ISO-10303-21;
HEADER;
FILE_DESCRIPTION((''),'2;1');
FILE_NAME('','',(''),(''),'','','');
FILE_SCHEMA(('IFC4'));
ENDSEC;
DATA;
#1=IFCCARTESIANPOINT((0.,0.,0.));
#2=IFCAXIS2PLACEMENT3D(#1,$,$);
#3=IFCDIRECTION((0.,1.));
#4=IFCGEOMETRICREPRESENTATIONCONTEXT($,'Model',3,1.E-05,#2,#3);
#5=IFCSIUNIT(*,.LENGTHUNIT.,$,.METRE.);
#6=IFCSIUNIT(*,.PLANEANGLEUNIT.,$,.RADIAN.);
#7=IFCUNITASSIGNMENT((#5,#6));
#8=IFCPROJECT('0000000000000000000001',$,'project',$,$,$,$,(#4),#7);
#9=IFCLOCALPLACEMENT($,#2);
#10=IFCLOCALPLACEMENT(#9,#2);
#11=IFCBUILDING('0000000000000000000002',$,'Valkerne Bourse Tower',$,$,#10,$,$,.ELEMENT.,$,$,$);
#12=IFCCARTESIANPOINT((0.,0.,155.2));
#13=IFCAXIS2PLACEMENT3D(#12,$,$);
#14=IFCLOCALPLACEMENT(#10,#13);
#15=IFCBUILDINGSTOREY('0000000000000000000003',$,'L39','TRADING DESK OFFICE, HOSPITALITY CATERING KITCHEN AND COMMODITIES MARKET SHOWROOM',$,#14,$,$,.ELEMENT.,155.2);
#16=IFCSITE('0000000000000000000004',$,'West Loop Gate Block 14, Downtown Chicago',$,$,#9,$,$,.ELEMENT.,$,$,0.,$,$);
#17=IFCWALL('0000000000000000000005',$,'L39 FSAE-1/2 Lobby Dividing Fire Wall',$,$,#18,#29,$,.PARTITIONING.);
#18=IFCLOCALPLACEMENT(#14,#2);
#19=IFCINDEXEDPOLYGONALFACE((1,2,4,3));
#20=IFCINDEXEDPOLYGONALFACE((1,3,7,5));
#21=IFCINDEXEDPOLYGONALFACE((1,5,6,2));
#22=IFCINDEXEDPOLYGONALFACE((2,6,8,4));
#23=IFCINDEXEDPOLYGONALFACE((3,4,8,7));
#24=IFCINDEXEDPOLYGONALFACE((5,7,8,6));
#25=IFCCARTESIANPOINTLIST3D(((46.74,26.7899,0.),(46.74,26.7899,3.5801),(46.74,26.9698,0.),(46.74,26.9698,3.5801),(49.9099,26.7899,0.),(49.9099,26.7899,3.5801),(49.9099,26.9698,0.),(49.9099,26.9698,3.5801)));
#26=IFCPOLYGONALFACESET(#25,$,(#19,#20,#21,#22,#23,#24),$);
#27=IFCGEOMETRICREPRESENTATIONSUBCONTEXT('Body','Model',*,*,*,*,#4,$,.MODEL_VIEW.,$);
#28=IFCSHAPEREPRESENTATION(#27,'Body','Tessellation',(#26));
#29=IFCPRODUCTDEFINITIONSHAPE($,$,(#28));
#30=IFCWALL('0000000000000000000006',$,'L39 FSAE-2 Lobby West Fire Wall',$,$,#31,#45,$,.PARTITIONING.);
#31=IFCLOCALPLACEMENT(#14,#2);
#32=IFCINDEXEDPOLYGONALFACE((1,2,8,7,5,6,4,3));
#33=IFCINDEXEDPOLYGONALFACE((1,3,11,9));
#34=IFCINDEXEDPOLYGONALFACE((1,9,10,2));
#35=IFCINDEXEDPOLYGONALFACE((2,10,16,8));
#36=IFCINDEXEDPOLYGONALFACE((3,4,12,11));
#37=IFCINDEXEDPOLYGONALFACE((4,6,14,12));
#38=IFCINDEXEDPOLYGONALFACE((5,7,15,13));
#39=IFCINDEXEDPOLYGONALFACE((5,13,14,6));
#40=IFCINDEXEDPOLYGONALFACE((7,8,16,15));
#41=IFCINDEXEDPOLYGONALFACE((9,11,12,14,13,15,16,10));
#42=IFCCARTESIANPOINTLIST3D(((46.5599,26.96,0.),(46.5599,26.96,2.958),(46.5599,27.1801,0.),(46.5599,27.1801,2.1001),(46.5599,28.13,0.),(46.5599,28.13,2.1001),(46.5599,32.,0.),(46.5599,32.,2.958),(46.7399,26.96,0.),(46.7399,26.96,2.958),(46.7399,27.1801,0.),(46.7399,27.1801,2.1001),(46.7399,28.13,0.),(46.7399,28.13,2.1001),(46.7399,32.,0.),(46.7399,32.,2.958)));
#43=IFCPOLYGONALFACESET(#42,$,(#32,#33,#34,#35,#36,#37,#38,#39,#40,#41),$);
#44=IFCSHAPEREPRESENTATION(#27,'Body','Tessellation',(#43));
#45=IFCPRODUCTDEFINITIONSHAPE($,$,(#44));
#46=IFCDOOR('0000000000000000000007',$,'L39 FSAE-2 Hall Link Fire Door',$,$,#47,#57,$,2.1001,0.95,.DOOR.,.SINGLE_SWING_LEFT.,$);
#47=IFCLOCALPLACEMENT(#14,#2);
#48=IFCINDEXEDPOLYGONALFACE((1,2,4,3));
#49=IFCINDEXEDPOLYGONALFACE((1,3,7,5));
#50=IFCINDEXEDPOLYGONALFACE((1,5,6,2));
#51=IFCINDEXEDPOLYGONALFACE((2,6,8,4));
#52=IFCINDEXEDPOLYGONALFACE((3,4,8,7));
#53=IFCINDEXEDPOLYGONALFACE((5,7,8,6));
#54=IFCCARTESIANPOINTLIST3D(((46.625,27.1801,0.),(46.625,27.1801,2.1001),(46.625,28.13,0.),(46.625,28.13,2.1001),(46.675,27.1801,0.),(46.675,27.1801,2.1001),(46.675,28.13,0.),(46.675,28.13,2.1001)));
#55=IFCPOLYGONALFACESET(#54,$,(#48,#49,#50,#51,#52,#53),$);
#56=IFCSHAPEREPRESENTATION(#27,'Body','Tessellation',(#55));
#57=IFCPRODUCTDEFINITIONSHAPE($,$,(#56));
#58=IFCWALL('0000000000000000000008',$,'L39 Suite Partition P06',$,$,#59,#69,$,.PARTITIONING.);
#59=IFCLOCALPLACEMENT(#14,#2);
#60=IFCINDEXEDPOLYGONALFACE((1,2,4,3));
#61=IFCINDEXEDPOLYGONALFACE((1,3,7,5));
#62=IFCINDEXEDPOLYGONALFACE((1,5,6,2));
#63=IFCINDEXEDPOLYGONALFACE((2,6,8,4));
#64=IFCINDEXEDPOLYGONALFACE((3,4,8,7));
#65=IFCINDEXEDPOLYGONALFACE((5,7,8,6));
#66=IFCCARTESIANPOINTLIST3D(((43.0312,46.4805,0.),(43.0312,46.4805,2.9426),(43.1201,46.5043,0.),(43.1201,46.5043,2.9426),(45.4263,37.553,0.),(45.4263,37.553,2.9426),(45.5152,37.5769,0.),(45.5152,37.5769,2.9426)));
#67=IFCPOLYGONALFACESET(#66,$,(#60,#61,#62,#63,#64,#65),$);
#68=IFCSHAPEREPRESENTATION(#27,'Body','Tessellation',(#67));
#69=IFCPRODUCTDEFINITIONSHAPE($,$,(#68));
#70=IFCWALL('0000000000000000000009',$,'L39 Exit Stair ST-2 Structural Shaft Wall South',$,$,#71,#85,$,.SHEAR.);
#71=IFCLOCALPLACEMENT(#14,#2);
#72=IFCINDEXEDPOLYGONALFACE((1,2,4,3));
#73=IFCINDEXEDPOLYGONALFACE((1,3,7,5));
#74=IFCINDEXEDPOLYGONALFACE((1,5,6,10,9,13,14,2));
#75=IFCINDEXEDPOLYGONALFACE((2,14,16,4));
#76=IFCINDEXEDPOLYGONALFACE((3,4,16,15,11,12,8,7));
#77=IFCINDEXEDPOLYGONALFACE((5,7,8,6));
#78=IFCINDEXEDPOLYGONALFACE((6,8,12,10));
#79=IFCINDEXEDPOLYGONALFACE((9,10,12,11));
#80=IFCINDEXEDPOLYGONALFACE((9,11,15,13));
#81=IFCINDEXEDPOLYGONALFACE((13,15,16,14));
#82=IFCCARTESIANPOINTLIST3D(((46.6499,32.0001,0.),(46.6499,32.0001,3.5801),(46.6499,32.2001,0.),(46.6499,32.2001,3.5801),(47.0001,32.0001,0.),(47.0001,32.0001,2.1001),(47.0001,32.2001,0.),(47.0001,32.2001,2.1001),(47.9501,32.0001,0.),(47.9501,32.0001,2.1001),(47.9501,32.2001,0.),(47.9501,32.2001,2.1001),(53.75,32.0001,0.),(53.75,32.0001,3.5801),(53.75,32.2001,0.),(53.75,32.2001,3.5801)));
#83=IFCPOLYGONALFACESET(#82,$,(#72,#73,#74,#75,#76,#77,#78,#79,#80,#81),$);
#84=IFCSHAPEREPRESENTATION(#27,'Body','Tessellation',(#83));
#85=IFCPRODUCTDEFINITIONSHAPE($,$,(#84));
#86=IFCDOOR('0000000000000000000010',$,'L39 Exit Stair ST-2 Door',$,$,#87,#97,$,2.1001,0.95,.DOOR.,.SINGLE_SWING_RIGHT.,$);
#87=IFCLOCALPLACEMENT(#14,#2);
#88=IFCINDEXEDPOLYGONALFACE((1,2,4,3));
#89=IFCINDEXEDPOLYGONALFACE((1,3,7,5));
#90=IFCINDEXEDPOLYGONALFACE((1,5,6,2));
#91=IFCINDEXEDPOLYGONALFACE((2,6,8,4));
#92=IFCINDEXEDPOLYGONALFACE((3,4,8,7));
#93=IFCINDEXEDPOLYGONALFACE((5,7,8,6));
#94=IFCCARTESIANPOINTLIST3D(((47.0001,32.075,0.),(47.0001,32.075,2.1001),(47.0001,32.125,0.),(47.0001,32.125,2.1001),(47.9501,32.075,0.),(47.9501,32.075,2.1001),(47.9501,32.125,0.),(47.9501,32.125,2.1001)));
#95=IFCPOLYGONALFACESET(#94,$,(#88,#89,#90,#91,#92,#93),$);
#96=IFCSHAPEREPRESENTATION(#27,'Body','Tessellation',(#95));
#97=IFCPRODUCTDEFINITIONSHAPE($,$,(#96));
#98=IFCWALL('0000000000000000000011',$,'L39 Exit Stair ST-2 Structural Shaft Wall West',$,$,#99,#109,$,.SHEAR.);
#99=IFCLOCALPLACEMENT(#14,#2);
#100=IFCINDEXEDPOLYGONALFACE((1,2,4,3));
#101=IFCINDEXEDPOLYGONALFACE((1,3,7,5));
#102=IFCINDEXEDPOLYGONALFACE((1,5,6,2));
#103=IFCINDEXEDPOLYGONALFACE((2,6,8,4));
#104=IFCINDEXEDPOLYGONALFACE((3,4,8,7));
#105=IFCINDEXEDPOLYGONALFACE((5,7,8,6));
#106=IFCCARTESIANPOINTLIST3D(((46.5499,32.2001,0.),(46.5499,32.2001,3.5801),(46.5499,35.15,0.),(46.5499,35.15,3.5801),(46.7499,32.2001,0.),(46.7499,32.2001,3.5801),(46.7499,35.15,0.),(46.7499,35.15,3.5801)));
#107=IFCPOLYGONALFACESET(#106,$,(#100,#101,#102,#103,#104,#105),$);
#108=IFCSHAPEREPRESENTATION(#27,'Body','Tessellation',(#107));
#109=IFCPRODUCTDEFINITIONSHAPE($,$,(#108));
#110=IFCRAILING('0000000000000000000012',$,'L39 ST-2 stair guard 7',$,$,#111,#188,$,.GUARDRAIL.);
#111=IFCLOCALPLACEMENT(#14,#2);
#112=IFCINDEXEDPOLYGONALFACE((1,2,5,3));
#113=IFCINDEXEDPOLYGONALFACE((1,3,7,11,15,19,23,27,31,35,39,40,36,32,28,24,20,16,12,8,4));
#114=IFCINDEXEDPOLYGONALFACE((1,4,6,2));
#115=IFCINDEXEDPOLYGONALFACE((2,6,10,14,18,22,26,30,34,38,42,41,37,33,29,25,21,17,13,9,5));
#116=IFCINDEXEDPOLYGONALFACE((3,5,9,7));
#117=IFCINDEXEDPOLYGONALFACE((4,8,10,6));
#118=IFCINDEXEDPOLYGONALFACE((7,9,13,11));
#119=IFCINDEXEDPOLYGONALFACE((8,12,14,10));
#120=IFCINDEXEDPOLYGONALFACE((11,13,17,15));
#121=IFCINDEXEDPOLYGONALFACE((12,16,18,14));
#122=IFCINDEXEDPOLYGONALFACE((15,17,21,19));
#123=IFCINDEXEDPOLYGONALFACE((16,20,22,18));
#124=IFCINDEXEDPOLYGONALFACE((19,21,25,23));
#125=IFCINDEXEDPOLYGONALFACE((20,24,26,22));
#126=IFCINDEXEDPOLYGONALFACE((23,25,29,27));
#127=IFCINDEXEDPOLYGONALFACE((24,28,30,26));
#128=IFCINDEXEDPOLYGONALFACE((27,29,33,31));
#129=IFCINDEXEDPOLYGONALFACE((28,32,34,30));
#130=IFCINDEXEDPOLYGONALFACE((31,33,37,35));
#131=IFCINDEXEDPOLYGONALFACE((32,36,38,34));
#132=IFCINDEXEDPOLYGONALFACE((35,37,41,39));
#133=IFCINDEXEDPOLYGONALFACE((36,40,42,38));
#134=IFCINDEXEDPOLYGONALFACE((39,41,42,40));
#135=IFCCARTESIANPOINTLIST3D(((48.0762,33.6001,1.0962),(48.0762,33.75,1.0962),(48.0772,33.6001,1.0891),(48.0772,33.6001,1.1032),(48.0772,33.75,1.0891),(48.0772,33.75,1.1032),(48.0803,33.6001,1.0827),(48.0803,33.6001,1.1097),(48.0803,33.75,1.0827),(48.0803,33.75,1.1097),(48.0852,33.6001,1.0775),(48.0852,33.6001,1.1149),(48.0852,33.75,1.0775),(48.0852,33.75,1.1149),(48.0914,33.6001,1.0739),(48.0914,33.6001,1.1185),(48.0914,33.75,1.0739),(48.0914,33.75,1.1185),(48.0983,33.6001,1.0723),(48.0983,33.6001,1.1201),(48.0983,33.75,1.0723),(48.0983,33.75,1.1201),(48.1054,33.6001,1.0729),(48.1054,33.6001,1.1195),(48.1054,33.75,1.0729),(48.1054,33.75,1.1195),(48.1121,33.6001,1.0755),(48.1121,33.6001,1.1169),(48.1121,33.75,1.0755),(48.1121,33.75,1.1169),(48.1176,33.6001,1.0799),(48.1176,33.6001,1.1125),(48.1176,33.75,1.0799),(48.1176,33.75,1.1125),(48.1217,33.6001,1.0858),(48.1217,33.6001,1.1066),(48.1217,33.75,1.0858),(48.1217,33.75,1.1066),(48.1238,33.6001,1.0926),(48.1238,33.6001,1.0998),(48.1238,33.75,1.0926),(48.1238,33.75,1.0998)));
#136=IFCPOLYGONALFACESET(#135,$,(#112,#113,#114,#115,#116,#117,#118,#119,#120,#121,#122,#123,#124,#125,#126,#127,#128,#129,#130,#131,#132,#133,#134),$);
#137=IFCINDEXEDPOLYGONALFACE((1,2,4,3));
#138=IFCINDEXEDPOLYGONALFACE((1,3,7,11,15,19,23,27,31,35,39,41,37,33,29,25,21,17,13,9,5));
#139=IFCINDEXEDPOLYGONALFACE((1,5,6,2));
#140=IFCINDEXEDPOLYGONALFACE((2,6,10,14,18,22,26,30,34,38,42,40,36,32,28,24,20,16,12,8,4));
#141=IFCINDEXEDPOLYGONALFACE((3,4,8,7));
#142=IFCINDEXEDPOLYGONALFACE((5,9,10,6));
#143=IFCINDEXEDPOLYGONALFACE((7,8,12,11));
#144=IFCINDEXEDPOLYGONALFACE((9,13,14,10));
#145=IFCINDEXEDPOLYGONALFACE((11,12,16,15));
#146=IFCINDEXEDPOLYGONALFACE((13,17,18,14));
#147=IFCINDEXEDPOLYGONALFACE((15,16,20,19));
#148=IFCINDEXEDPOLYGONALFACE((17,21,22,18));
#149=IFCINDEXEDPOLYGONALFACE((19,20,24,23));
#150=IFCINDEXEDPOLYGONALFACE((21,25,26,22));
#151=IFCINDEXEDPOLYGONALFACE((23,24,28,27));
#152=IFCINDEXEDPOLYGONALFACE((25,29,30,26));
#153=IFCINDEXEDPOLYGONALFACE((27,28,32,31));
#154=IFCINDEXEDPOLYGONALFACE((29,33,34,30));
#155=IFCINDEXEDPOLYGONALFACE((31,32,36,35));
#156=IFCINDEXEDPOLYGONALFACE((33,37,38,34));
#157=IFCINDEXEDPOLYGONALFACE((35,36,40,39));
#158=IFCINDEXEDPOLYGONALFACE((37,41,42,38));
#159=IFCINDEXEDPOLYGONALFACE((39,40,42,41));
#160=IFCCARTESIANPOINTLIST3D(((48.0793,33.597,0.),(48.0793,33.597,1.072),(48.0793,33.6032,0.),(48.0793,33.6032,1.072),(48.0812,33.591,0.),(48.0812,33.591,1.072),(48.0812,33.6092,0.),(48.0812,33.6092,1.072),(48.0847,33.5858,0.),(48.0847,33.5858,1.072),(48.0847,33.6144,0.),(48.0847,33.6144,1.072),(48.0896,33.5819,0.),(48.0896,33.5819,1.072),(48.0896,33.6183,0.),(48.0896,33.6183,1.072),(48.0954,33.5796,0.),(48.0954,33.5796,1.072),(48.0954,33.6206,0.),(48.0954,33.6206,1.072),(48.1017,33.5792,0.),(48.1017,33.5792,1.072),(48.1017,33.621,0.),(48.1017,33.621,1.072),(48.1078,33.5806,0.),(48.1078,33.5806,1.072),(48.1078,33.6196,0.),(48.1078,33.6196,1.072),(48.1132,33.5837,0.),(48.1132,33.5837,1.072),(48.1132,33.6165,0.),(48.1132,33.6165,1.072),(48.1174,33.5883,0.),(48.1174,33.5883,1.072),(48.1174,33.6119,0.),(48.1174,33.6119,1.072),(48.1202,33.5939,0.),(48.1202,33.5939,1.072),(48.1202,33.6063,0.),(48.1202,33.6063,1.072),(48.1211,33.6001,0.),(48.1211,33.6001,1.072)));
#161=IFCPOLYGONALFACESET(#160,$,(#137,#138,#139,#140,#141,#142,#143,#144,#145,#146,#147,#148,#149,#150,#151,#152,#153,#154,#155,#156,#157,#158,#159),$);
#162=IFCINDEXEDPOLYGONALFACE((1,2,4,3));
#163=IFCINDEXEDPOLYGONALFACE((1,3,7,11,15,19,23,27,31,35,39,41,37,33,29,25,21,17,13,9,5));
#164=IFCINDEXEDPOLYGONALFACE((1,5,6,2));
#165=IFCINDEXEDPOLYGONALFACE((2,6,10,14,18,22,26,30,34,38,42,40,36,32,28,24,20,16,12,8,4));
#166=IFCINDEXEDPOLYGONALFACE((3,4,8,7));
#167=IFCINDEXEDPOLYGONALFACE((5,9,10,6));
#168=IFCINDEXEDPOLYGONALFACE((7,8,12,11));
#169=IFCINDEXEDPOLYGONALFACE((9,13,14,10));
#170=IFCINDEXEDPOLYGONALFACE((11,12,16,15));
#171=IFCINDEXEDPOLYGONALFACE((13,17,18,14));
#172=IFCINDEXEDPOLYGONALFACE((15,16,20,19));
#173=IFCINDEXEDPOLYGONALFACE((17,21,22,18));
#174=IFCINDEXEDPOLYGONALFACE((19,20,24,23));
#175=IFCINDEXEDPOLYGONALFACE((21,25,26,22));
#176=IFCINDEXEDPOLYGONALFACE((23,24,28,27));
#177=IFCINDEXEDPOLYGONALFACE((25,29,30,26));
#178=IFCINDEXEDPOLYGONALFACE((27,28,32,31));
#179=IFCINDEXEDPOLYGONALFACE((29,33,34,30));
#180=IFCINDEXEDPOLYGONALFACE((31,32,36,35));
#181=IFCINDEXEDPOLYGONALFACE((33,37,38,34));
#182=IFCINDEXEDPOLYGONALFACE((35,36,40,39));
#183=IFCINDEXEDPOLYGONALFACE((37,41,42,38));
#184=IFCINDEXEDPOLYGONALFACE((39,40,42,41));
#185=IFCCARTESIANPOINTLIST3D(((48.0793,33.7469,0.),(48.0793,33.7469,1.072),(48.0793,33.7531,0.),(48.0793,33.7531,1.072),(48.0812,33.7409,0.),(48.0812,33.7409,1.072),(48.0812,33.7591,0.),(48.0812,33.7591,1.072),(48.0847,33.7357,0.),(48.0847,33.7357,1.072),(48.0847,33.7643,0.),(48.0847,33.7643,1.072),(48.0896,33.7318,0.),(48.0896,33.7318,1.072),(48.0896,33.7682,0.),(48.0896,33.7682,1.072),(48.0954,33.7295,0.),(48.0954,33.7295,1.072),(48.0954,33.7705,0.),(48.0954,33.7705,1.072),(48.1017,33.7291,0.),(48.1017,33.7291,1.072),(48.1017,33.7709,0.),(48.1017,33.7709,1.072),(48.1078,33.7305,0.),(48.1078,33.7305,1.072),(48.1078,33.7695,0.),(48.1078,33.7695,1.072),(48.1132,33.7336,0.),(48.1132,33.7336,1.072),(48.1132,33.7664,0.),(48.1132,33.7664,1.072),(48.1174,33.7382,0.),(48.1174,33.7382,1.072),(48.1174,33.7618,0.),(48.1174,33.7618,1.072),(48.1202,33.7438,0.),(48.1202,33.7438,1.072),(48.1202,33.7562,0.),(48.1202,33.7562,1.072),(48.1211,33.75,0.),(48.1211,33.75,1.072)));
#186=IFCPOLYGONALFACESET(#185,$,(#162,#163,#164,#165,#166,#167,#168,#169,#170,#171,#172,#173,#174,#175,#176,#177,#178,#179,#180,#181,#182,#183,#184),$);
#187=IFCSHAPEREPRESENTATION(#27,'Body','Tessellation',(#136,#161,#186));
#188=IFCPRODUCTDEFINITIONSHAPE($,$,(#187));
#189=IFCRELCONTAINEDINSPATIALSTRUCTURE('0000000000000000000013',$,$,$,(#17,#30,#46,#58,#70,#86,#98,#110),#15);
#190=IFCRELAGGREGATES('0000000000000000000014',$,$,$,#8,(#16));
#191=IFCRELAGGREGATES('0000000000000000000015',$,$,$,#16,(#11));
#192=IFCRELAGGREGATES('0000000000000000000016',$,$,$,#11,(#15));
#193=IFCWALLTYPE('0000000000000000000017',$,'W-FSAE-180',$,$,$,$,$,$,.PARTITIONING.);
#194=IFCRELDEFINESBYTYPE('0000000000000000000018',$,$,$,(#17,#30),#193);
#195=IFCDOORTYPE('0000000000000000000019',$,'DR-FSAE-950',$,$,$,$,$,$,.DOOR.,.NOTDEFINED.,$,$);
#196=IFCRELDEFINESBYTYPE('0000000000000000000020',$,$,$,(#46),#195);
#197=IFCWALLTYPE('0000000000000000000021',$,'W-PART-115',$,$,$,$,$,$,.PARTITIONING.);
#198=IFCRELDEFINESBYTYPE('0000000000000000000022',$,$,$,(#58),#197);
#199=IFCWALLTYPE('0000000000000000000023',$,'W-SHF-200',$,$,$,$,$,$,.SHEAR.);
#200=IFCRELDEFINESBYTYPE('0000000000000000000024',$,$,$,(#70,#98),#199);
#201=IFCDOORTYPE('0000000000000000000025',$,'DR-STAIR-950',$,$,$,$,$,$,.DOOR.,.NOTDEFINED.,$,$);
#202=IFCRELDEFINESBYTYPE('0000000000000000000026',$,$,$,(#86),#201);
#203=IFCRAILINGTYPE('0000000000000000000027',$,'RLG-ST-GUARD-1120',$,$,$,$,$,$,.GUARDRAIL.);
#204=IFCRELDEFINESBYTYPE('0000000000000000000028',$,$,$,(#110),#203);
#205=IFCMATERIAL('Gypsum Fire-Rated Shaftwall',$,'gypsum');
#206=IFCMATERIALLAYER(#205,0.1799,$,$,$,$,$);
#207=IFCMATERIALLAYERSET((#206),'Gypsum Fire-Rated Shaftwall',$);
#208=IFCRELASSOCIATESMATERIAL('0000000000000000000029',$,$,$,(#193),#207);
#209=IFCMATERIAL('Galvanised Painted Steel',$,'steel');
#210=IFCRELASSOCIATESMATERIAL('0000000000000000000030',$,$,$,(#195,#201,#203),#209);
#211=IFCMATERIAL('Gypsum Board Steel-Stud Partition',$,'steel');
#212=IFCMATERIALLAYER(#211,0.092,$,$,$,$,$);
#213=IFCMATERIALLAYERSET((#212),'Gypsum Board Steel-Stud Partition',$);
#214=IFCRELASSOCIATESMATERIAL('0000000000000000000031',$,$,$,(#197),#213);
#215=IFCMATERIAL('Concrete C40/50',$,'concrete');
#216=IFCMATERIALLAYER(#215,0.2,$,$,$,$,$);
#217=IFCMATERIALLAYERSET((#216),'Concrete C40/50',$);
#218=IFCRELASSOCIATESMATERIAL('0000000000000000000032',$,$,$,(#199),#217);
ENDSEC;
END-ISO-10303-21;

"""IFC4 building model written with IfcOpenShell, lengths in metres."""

from ifc_helpers import new_model, si_unit, direction, frame, frame_2d, origin, origin_2d, place, context, subcontext, project, spatial, rectangle, circle, extrude, material, layer, layer_set, type_object, element, fill, save


model = new_model("IFC4")

# Units and contexts
model_context = context("Model", 3, precision=1e-05, world=origin(), true_north=direction((0.0, 1.0)))
body_context = subcontext(model_context, "Body", "Model", "MODEL_VIEW")
ifc_project = project(units=[si_unit("LENGTHUNIT", "METRE"), si_unit("PLANEANGLEUNIT", "RADIAN")], contexts=[model_context])

# Site, building, storey
site_placement = place(None, origin())
site = spatial("IfcSite", under=ifc_project, at=site_placement, Name="West Loop Gate Block 14, Downtown Chicago", CompositionType="ELEMENT", RefElevation=0.0)
building_placement = place(site_placement, origin())
building = spatial("IfcBuilding", under=site, at=building_placement, Name="Valkerne Bourse Tower", CompositionType="ELEMENT")
storey_placement = place(building_placement, frame((0.0, 0.0, 155.2)))
storey = spatial("IfcBuildingStorey", under=building, at=storey_placement, Name="L39", Description="TRADING DESK OFFICE, HOSPITALITY CATERING KITCHEN AND COMMODITIES MARKET SHOWROOM", CompositionType="ELEMENT", Elevation=155.2)

# Wall
ifc_material_1 = material(Name="Gypsum Fire-Rated Shaftwall", Category="gypsum")
ifc_layer_1 = layer(ifc_material_1, 0.1799)
ifc_layer_set_1 = layer_set([ifc_layer_1], Name="Gypsum Fire-Rated Shaftwall")
wall_type_1 = type_object("IfcWallType", Name="W-FSAE-180", PredefinedType="PARTITIONING", material=ifc_layer_set_1)
wall_1_placement = place(storey_placement, frame((46.74, 26.8799, 0.0), z_axis=(0.0, 0.0, 1.0), x_axis=(1.0, 0.0, 0.0)))
element("IfcWall", 1, at=wall_1_placement, inside=storey, type_object=wall_type_1, Name="L39 FSAE-1/2 Lobby Dividing Fire Wall", PredefinedType="PARTITIONING", context=body_context, shape_type="SweptSolid", body=[
    extrude(rectangle(XDim=3.1699, YDim=0.1799, at=frame_2d((1.585, 0.0))), origin(), (0.0, 0.0, 1.0), 3.5801),
])

# Wall, opening, door
wall_2_placement = place(storey_placement, frame((46.6499, 26.96, 0.0), z_axis=(0.0, 0.0, 1.0), x_axis=(0.0, 1.0, 0.0)))
wall_2 = element("IfcWall", 2, at=wall_2_placement, inside=storey, type_object=wall_type_1, Name="L39 FSAE-2 Lobby West Fire Wall", PredefinedType="PARTITIONING", context=body_context, shape_type="SweptSolid", body=[
    extrude(rectangle(XDim=5.04, YDim=0.1799, at=frame_2d((2.52, 0.0))), origin(), (0.0, 0.0, 1.0), 2.958),
])
opening_1_placement = place(wall_2_placement, frame((0.22, 0.0, 0.0)))
opening_1 = element("IfcOpeningElement", 3, at=opening_1_placement, cuts=wall_2, PredefinedType="OPENING", context=body_context, shape_type="SweptSolid", body=[
    extrude(rectangle(XDim=0.95, YDim=2.1001, at=frame_2d((0.4751, 1.05))), frame((0.0, 0.0999, 0.0), z_axis=(0.0, -1.0, 0.0), x_axis=(1.0, 0.0, 0.0)), (0.0, 0.0, 1.0), 0.2),
])
ifc_material_2 = material(Name="Galvanised Painted Steel", Category="steel")
door_type_1 = type_object("IfcDoorType", Name="DR-FSAE-950", OperationType="NOTDEFINED", PredefinedType="DOOR", material=ifc_material_2)
door_1_placement = place(opening_1_placement, origin())
door_1 = element("IfcDoor", 4, at=door_1_placement, inside=storey, type_object=door_type_1, Name="L39 FSAE-2 Hall Link Fire Door", OperationType="SINGLE_SWING_LEFT", OverallHeight=2.1001, OverallWidth=0.95, PredefinedType="DOOR", context=body_context, shape_type="SweptSolid", body=[
    extrude(rectangle(XDim=0.95, YDim=2.1001, at=frame_2d((0.4751, 1.05))), frame((0.0, 0.0249, 0.0), z_axis=(0.0, -1.0, 0.0), x_axis=(1.0, 0.0, 0.0)), (0.0, 0.0, 1.0), 0.05),
])
fill(opening_1, door_1)

# Wall
ifc_material_3 = material(Name="Gypsum Board Steel-Stud Partition", Category="steel")
ifc_layer_2 = layer(ifc_material_3, 0.092)
ifc_layer_set_2 = layer_set([ifc_layer_2], Name="Gypsum Board Steel-Stud Partition")
wall_type_2 = type_object("IfcWallType", Name="W-PART-115", PredefinedType="PARTITIONING", material=ifc_layer_set_2)
wall_3_placement = place(storey_placement, frame((45.4707, 37.5649, 0.0), z_axis=(0.0, 0.0, 1.0), x_axis=(-0.259112, 0.965847, 0.0)))
element("IfcWall", 5, at=wall_3_placement, inside=storey, type_object=wall_type_2, Name="L39 Suite Partition P06", PredefinedType="PARTITIONING", context=body_context, shape_type="SweptSolid", body=[
    extrude(rectangle(XDim=9.2432, YDim=0.092, at=frame_2d((4.6216, 0.0))), origin(), (0.0, 0.0, 1.0), 2.9426),
])

# Wall, opening, door
ifc_material_4 = material(Name="Concrete C40/50", Category="concrete")
ifc_layer_3 = layer(ifc_material_4, 0.2)
ifc_layer_set_3 = layer_set([ifc_layer_3], Name="Concrete C40/50")
wall_type_3 = type_object("IfcWallType", Name="W-SHF-200", PredefinedType="SHEAR", material=ifc_layer_set_3)
wall_4_placement = place(storey_placement, frame((46.6499, 32.1001, 0.0), z_axis=(0.0, 0.0, 1.0), x_axis=(1.0, 0.0, 0.0)))
wall_4 = element("IfcWall", 6, at=wall_4_placement, inside=storey, type_object=wall_type_3, Name="L39 Exit Stair ST-2 Structural Shaft Wall South", PredefinedType="SHEAR", context=body_context, shape_type="SweptSolid", body=[
    extrude(rectangle(XDim=7.1001, YDim=0.2, at=frame_2d((3.55, 0.0))), origin(), (0.0, 0.0, 1.0), 3.5801),
])
opening_2_placement = place(wall_4_placement, frame((0.3501, 0.0, 0.0)))
opening_2 = element("IfcOpeningElement", 7, at=opening_2_placement, cuts=wall_4, PredefinedType="OPENING", context=body_context, shape_type="SweptSolid", body=[
    extrude(rectangle(XDim=0.95, YDim=2.1001, at=frame_2d((0.4751, 1.05))), frame((0.0, 0.1099, 0.0), z_axis=(0.0, -1.0, 0.0), x_axis=(1.0, 0.0, 0.0)), (0.0, 0.0, 1.0), 0.22),
])
door_type_2 = type_object("IfcDoorType", Name="DR-STAIR-950", OperationType="NOTDEFINED", PredefinedType="DOOR", material=ifc_material_2)
door_2_placement = place(opening_2_placement, origin())
door_2 = element("IfcDoor", 8, at=door_2_placement, inside=storey, type_object=door_type_2, Name="L39 Exit Stair ST-2 Door", OperationType="SINGLE_SWING_RIGHT", OverallHeight=2.1001, OverallWidth=0.95, PredefinedType="DOOR", context=body_context, shape_type="SweptSolid", body=[
    extrude(rectangle(XDim=0.95, YDim=2.1001, at=frame_2d((0.4751, 1.05))), frame((0.0, 0.0249, 0.0), z_axis=(0.0, -1.0, 0.0), x_axis=(1.0, 0.0, 0.0)), (0.0, 0.0, 1.0), 0.05),
])
fill(opening_2, door_2)

# Wall
wall_5_placement = place(storey_placement, frame((46.6499, 32.2, 0.0), z_axis=(0.0, 0.0, 1.0), x_axis=(0.0, 1.0, 0.0)))
element("IfcWall", 9, at=wall_5_placement, inside=storey, type_object=wall_type_3, Name="L39 Exit Stair ST-2 Structural Shaft Wall West", PredefinedType="SHEAR", context=body_context, shape_type="SweptSolid", body=[
    extrude(rectangle(XDim=2.95, YDim=0.2, at=frame_2d((1.4751, 0.0))), origin(), (0.0, 0.0, 1.0), 3.5801),
])

# Railing
railing_type = type_object("IfcRailingType", Name="RLG-ST-GUARD-1120", PredefinedType="GUARDRAIL", material=ifc_material_2)
railing_placement = place(storey_placement, frame((48.1001, 33.6001, 0.0)))
element("IfcRailing", 10, at=railing_placement, inside=storey, type_object=railing_type, Name="L39 ST-2 stair guard 7", PredefinedType="GUARDRAIL", context=body_context, shape_type="SweptSolid", body=[
    extrude(circle(Radius=0.0239, at=origin_2d()), frame((0.0, 0.0, 1.0962), z_axis=(0.0, 1.0, 0.0), x_axis=(-1.0, 0.0, 0.0)), (0.0, 0.0, 1.0), 0.1499),
    extrude(circle(Radius=0.021, at=origin_2d()), origin(), (0.0, 0.0, 1.0), 1.072),
    extrude(circle(Radius=0.021, at=origin_2d()), frame((0.0, 0.1499, 0.0)), (0.0, 0.0, 1.0), 1.072),
])

save(model, "model.ifc")
